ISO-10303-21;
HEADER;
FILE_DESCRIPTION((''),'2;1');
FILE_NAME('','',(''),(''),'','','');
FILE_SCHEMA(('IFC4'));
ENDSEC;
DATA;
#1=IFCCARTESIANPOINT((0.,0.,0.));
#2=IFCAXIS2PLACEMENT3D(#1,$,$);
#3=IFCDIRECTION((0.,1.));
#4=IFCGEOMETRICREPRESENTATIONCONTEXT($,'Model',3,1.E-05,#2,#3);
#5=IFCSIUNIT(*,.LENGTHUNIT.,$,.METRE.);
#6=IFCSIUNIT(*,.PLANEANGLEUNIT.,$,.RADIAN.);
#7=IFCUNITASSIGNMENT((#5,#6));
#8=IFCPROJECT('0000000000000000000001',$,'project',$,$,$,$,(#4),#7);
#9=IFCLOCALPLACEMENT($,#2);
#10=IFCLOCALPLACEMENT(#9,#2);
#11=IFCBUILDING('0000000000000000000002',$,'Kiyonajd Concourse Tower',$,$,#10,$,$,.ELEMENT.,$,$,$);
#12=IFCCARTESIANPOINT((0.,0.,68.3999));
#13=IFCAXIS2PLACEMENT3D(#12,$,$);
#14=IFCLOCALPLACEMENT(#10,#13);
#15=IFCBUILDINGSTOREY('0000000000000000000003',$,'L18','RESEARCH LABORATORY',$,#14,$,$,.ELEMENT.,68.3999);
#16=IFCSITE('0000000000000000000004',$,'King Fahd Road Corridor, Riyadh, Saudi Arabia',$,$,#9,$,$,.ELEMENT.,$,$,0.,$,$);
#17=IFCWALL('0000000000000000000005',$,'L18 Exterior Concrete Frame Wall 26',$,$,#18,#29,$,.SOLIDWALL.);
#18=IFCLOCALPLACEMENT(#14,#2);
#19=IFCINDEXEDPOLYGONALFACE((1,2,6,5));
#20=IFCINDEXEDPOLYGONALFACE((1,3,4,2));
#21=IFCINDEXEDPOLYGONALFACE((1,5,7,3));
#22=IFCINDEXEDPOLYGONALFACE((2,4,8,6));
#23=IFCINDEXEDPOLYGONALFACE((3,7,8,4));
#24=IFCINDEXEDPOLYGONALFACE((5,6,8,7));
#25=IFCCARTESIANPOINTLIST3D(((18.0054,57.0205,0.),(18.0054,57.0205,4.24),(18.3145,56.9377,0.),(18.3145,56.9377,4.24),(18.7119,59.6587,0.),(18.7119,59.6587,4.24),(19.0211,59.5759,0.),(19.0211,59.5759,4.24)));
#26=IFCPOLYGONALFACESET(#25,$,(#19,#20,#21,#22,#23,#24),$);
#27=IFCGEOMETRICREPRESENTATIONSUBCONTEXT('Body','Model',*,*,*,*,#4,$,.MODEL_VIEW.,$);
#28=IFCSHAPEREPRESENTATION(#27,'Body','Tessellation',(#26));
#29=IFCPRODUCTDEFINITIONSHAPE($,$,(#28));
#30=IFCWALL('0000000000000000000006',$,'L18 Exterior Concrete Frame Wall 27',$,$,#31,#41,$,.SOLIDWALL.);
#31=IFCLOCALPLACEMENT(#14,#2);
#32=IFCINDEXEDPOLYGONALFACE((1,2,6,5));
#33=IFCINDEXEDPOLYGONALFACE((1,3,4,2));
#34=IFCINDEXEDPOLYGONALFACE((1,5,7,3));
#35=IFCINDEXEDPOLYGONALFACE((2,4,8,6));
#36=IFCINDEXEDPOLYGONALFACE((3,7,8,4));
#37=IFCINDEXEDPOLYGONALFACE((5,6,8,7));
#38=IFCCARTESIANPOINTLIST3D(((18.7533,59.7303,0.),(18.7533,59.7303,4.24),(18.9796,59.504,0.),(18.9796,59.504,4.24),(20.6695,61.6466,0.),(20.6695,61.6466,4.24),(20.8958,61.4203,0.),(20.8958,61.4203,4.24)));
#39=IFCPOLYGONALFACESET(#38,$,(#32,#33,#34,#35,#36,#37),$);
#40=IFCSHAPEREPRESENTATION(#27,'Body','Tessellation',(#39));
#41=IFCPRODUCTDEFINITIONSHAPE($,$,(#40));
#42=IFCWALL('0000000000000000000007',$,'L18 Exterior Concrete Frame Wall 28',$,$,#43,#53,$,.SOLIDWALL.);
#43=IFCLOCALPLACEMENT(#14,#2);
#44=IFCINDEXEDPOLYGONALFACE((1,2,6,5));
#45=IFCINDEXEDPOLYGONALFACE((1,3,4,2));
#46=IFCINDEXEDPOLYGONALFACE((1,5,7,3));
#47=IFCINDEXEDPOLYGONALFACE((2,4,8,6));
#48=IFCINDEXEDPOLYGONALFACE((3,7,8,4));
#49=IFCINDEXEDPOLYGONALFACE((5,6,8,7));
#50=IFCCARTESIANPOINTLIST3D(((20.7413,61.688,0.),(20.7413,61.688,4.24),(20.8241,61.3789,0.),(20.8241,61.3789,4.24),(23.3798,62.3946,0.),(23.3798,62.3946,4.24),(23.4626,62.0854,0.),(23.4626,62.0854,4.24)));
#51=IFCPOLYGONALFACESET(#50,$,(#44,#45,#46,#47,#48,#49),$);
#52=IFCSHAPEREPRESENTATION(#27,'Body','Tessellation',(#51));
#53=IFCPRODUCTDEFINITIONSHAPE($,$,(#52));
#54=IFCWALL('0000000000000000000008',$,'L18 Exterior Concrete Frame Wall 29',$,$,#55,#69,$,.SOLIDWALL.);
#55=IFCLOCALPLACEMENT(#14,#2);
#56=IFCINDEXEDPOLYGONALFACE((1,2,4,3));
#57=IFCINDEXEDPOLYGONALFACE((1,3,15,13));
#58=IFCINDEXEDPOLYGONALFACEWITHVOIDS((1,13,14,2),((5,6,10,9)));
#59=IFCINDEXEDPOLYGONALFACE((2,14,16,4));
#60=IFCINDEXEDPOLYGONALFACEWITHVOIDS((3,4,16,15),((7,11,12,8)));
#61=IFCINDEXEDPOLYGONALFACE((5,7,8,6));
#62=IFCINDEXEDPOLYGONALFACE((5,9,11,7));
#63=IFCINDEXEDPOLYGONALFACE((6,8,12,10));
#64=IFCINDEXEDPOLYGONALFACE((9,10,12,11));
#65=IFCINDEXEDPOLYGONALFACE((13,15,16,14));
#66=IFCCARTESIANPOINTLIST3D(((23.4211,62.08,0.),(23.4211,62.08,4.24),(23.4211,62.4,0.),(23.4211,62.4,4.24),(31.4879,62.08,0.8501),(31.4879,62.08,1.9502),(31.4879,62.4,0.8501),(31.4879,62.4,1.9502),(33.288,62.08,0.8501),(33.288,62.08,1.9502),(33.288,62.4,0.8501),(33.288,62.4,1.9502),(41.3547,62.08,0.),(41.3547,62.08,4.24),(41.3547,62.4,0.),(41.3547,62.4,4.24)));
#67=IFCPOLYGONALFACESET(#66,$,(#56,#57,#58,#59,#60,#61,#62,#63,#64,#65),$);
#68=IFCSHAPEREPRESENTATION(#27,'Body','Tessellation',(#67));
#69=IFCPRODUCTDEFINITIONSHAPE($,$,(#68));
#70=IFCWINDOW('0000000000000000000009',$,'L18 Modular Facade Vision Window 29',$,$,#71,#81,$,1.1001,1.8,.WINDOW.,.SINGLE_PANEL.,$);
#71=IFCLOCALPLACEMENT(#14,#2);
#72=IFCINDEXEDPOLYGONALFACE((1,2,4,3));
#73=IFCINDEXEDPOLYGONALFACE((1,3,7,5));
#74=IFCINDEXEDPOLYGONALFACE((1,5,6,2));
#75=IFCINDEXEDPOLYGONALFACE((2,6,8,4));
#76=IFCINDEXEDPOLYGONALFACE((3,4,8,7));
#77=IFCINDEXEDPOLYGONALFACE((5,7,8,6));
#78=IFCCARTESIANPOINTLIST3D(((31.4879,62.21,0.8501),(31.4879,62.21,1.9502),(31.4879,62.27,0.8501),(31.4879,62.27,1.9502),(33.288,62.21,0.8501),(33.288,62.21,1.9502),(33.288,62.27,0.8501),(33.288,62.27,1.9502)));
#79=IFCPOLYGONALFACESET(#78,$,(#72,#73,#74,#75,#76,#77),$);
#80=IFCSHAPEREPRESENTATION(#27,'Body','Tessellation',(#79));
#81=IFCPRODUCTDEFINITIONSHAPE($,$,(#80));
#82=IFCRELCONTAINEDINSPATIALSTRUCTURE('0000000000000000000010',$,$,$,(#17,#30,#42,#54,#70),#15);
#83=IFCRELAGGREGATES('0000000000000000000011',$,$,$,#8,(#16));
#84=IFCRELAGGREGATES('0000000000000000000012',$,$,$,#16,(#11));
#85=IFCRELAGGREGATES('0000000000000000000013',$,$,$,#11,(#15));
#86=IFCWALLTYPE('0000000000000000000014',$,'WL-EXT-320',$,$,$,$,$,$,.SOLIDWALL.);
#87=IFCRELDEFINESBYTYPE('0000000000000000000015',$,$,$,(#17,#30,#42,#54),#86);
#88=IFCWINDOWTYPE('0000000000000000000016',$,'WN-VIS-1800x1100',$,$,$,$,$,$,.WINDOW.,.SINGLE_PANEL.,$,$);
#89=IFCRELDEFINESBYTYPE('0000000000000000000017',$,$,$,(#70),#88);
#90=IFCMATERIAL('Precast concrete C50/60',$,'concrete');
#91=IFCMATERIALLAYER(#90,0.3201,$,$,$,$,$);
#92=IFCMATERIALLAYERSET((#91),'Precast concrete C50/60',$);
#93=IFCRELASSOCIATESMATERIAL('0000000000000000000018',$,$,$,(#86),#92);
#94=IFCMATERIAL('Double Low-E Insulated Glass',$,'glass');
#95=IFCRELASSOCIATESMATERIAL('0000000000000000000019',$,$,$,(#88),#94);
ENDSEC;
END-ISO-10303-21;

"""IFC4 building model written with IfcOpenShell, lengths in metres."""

from ifc_helpers import new_model, si_unit, direction, frame, frame_2d, origin, place, context, subcontext, project, spatial, rectangle, extrude, material, layer, layer_set, type_object, element, fill, save


model = new_model("IFC4")

# Units and contexts
model_context = context("Model", 3, precision=1e-05, world=origin(), true_north=direction((0.0, 1.0)))
body_context = subcontext(model_context, "Body", "Model", "MODEL_VIEW")
ifc_project = project(units=[si_unit("LENGTHUNIT", "METRE"), si_unit("PLANEANGLEUNIT", "RADIAN")], contexts=[model_context])

# Site, building, storey
site_placement = place(None, origin())
site = spatial("IfcSite", under=ifc_project, at=site_placement, Name="King Fahd Road Corridor, Riyadh, Saudi Arabia", CompositionType="ELEMENT", RefElevation=0.0)
building_placement = place(site_placement, origin())
building = spatial("IfcBuilding", under=site, at=building_placement, Name="Kiyonajd Concourse Tower", CompositionType="ELEMENT")
storey_placement = place(building_placement, frame((0.0, 0.0, 68.3999)))
storey = spatial("IfcBuildingStorey", under=building, at=storey_placement, Name="L18", Description="RESEARCH LABORATORY", CompositionType="ELEMENT", Elevation=68.3999)

# Shared definitions
ifc_material_1 = material(Name="Precast concrete C50/60", Category="concrete")

# Shared definitions
ifc_material_2 = material(Name="Double Low-E Insulated Glass", Category="glass")

# Walls
ifc_layer_1 = layer(ifc_material_1, 0.3201)
ifc_layer_set_1 = layer_set([ifc_layer_1], Name="Precast concrete C50/60")
wall_type = type_object("IfcWallType", Name="WL-EXT-320", PredefinedType="SOLIDWALL", material=ifc_layer_set_1)
wall_1_placement = place(storey_placement, frame((18.1599, 56.979, 0.0), z_axis=(0.0, 0.0, 1.0), x_axis=(0.258697, 0.965958, 0.0)))
element("IfcWall", 1, at=wall_1_placement, inside=storey, type_object=wall_type, Name="L18 Exterior Concrete Frame Wall 26", PredefinedType="SOLIDWALL", context=body_context, shape_type="SweptSolid", body=[
    extrude(rectangle(XDim=2.7312, YDim=0.3201, at=frame_2d((1.3657, 0.0))), origin(), (0.0, 0.0, 1.0), 4.24),
])
wall_2_placement = place(storey_placement, frame((18.8665, 59.6172, 0.0), z_axis=(0.0, 0.0, 1.0), x_axis=(0.707107, 0.707107, 0.0)))
element("IfcWall", 2, at=wall_2_placement, inside=storey, type_object=wall_type, Name="L18 Exterior Concrete Frame Wall 27", PredefinedType="SOLIDWALL", context=body_context, shape_type="SweptSolid", body=[
    extrude(rectangle(XDim=2.71, YDim=0.3201, at=frame_2d((1.355, 0.0))), origin(), (0.0, 0.0, 1.0), 4.24),
])
wall_3_placement = place(storey_placement, frame((20.7827, 61.5334, 0.0), z_axis=(0.0, 0.0, 1.0), x_axis=(0.965964, 0.258675, 0.0)))
element("IfcWall", 3, at=wall_3_placement, inside=storey, type_object=wall_type, Name="L18 Exterior Concrete Frame Wall 28", PredefinedType="SOLIDWALL", context=body_context, shape_type="SweptSolid", body=[
    extrude(rectangle(XDim=2.7314, YDim=0.3201, at=frame_2d((1.3657, 0.0))), origin(), (0.0, 0.0, 1.0), 4.24),
])

# Wall, opening, window
wall_4_placement = place(storey_placement, frame((23.4211, 62.24, 0.0), z_axis=(0.0, 0.0, 1.0), x_axis=(1.0, 0.0, 0.0)))
wall_4 = element("IfcWall", 4, at=wall_4_placement, inside=storey, type_object=wall_type, Name="L18 Exterior Concrete Frame Wall 29", PredefinedType="SOLIDWALL", context=body_context, shape_type="SweptSolid", body=[
    extrude(rectangle(XDim=17.9336, YDim=0.3201, at=frame_2d((8.9668, 0.0))), origin(), (0.0, 0.0, 1.0), 4.24),
])
opening_placement = place(wall_4_placement, frame((8.0669, 0.0, 0.8501)))
opening = element("IfcOpeningElement", 5, at=opening_placement, cuts=wall_4, PredefinedType="OPENING", context=body_context, shape_type="SweptSolid", body=[
    extrude(rectangle(XDim=1.8, YDim=1.1001, at=frame_2d((0.8999, 0.55))), frame((0.0, 0.1699, 0.0), z_axis=(0.0, -1.0, 0.0), x_axis=(1.0, 0.0, 0.0)), (0.0, 0.0, 1.0), 0.3401),
])
window_type = type_object("IfcWindowType", Name="WN-VIS-1800x1100", PartitioningType="SINGLE_PANEL", PredefinedType="WINDOW", material=ifc_material_2)
window_placement = place(opening_placement, origin())
window = element("IfcWindow", 6, at=window_placement, inside=storey, type_object=window_type, Name="L18 Modular Facade Vision Window 29", OverallHeight=1.1001, OverallWidth=1.8, PartitioningType="SINGLE_PANEL", PredefinedType="WINDOW", context=body_context, shape_type="SweptSolid", body=[
    extrude(rectangle(XDim=1.8, YDim=1.1001, at=frame_2d((0.8999, 0.55))), frame((0.0, 0.03, 0.0), z_axis=(0.0, -1.0, 0.0), x_axis=(1.0, 0.0, 0.0)), (0.0, 0.0, 1.0), 0.0601),
])
fill(opening, window)

save(model, "model.ifc")
